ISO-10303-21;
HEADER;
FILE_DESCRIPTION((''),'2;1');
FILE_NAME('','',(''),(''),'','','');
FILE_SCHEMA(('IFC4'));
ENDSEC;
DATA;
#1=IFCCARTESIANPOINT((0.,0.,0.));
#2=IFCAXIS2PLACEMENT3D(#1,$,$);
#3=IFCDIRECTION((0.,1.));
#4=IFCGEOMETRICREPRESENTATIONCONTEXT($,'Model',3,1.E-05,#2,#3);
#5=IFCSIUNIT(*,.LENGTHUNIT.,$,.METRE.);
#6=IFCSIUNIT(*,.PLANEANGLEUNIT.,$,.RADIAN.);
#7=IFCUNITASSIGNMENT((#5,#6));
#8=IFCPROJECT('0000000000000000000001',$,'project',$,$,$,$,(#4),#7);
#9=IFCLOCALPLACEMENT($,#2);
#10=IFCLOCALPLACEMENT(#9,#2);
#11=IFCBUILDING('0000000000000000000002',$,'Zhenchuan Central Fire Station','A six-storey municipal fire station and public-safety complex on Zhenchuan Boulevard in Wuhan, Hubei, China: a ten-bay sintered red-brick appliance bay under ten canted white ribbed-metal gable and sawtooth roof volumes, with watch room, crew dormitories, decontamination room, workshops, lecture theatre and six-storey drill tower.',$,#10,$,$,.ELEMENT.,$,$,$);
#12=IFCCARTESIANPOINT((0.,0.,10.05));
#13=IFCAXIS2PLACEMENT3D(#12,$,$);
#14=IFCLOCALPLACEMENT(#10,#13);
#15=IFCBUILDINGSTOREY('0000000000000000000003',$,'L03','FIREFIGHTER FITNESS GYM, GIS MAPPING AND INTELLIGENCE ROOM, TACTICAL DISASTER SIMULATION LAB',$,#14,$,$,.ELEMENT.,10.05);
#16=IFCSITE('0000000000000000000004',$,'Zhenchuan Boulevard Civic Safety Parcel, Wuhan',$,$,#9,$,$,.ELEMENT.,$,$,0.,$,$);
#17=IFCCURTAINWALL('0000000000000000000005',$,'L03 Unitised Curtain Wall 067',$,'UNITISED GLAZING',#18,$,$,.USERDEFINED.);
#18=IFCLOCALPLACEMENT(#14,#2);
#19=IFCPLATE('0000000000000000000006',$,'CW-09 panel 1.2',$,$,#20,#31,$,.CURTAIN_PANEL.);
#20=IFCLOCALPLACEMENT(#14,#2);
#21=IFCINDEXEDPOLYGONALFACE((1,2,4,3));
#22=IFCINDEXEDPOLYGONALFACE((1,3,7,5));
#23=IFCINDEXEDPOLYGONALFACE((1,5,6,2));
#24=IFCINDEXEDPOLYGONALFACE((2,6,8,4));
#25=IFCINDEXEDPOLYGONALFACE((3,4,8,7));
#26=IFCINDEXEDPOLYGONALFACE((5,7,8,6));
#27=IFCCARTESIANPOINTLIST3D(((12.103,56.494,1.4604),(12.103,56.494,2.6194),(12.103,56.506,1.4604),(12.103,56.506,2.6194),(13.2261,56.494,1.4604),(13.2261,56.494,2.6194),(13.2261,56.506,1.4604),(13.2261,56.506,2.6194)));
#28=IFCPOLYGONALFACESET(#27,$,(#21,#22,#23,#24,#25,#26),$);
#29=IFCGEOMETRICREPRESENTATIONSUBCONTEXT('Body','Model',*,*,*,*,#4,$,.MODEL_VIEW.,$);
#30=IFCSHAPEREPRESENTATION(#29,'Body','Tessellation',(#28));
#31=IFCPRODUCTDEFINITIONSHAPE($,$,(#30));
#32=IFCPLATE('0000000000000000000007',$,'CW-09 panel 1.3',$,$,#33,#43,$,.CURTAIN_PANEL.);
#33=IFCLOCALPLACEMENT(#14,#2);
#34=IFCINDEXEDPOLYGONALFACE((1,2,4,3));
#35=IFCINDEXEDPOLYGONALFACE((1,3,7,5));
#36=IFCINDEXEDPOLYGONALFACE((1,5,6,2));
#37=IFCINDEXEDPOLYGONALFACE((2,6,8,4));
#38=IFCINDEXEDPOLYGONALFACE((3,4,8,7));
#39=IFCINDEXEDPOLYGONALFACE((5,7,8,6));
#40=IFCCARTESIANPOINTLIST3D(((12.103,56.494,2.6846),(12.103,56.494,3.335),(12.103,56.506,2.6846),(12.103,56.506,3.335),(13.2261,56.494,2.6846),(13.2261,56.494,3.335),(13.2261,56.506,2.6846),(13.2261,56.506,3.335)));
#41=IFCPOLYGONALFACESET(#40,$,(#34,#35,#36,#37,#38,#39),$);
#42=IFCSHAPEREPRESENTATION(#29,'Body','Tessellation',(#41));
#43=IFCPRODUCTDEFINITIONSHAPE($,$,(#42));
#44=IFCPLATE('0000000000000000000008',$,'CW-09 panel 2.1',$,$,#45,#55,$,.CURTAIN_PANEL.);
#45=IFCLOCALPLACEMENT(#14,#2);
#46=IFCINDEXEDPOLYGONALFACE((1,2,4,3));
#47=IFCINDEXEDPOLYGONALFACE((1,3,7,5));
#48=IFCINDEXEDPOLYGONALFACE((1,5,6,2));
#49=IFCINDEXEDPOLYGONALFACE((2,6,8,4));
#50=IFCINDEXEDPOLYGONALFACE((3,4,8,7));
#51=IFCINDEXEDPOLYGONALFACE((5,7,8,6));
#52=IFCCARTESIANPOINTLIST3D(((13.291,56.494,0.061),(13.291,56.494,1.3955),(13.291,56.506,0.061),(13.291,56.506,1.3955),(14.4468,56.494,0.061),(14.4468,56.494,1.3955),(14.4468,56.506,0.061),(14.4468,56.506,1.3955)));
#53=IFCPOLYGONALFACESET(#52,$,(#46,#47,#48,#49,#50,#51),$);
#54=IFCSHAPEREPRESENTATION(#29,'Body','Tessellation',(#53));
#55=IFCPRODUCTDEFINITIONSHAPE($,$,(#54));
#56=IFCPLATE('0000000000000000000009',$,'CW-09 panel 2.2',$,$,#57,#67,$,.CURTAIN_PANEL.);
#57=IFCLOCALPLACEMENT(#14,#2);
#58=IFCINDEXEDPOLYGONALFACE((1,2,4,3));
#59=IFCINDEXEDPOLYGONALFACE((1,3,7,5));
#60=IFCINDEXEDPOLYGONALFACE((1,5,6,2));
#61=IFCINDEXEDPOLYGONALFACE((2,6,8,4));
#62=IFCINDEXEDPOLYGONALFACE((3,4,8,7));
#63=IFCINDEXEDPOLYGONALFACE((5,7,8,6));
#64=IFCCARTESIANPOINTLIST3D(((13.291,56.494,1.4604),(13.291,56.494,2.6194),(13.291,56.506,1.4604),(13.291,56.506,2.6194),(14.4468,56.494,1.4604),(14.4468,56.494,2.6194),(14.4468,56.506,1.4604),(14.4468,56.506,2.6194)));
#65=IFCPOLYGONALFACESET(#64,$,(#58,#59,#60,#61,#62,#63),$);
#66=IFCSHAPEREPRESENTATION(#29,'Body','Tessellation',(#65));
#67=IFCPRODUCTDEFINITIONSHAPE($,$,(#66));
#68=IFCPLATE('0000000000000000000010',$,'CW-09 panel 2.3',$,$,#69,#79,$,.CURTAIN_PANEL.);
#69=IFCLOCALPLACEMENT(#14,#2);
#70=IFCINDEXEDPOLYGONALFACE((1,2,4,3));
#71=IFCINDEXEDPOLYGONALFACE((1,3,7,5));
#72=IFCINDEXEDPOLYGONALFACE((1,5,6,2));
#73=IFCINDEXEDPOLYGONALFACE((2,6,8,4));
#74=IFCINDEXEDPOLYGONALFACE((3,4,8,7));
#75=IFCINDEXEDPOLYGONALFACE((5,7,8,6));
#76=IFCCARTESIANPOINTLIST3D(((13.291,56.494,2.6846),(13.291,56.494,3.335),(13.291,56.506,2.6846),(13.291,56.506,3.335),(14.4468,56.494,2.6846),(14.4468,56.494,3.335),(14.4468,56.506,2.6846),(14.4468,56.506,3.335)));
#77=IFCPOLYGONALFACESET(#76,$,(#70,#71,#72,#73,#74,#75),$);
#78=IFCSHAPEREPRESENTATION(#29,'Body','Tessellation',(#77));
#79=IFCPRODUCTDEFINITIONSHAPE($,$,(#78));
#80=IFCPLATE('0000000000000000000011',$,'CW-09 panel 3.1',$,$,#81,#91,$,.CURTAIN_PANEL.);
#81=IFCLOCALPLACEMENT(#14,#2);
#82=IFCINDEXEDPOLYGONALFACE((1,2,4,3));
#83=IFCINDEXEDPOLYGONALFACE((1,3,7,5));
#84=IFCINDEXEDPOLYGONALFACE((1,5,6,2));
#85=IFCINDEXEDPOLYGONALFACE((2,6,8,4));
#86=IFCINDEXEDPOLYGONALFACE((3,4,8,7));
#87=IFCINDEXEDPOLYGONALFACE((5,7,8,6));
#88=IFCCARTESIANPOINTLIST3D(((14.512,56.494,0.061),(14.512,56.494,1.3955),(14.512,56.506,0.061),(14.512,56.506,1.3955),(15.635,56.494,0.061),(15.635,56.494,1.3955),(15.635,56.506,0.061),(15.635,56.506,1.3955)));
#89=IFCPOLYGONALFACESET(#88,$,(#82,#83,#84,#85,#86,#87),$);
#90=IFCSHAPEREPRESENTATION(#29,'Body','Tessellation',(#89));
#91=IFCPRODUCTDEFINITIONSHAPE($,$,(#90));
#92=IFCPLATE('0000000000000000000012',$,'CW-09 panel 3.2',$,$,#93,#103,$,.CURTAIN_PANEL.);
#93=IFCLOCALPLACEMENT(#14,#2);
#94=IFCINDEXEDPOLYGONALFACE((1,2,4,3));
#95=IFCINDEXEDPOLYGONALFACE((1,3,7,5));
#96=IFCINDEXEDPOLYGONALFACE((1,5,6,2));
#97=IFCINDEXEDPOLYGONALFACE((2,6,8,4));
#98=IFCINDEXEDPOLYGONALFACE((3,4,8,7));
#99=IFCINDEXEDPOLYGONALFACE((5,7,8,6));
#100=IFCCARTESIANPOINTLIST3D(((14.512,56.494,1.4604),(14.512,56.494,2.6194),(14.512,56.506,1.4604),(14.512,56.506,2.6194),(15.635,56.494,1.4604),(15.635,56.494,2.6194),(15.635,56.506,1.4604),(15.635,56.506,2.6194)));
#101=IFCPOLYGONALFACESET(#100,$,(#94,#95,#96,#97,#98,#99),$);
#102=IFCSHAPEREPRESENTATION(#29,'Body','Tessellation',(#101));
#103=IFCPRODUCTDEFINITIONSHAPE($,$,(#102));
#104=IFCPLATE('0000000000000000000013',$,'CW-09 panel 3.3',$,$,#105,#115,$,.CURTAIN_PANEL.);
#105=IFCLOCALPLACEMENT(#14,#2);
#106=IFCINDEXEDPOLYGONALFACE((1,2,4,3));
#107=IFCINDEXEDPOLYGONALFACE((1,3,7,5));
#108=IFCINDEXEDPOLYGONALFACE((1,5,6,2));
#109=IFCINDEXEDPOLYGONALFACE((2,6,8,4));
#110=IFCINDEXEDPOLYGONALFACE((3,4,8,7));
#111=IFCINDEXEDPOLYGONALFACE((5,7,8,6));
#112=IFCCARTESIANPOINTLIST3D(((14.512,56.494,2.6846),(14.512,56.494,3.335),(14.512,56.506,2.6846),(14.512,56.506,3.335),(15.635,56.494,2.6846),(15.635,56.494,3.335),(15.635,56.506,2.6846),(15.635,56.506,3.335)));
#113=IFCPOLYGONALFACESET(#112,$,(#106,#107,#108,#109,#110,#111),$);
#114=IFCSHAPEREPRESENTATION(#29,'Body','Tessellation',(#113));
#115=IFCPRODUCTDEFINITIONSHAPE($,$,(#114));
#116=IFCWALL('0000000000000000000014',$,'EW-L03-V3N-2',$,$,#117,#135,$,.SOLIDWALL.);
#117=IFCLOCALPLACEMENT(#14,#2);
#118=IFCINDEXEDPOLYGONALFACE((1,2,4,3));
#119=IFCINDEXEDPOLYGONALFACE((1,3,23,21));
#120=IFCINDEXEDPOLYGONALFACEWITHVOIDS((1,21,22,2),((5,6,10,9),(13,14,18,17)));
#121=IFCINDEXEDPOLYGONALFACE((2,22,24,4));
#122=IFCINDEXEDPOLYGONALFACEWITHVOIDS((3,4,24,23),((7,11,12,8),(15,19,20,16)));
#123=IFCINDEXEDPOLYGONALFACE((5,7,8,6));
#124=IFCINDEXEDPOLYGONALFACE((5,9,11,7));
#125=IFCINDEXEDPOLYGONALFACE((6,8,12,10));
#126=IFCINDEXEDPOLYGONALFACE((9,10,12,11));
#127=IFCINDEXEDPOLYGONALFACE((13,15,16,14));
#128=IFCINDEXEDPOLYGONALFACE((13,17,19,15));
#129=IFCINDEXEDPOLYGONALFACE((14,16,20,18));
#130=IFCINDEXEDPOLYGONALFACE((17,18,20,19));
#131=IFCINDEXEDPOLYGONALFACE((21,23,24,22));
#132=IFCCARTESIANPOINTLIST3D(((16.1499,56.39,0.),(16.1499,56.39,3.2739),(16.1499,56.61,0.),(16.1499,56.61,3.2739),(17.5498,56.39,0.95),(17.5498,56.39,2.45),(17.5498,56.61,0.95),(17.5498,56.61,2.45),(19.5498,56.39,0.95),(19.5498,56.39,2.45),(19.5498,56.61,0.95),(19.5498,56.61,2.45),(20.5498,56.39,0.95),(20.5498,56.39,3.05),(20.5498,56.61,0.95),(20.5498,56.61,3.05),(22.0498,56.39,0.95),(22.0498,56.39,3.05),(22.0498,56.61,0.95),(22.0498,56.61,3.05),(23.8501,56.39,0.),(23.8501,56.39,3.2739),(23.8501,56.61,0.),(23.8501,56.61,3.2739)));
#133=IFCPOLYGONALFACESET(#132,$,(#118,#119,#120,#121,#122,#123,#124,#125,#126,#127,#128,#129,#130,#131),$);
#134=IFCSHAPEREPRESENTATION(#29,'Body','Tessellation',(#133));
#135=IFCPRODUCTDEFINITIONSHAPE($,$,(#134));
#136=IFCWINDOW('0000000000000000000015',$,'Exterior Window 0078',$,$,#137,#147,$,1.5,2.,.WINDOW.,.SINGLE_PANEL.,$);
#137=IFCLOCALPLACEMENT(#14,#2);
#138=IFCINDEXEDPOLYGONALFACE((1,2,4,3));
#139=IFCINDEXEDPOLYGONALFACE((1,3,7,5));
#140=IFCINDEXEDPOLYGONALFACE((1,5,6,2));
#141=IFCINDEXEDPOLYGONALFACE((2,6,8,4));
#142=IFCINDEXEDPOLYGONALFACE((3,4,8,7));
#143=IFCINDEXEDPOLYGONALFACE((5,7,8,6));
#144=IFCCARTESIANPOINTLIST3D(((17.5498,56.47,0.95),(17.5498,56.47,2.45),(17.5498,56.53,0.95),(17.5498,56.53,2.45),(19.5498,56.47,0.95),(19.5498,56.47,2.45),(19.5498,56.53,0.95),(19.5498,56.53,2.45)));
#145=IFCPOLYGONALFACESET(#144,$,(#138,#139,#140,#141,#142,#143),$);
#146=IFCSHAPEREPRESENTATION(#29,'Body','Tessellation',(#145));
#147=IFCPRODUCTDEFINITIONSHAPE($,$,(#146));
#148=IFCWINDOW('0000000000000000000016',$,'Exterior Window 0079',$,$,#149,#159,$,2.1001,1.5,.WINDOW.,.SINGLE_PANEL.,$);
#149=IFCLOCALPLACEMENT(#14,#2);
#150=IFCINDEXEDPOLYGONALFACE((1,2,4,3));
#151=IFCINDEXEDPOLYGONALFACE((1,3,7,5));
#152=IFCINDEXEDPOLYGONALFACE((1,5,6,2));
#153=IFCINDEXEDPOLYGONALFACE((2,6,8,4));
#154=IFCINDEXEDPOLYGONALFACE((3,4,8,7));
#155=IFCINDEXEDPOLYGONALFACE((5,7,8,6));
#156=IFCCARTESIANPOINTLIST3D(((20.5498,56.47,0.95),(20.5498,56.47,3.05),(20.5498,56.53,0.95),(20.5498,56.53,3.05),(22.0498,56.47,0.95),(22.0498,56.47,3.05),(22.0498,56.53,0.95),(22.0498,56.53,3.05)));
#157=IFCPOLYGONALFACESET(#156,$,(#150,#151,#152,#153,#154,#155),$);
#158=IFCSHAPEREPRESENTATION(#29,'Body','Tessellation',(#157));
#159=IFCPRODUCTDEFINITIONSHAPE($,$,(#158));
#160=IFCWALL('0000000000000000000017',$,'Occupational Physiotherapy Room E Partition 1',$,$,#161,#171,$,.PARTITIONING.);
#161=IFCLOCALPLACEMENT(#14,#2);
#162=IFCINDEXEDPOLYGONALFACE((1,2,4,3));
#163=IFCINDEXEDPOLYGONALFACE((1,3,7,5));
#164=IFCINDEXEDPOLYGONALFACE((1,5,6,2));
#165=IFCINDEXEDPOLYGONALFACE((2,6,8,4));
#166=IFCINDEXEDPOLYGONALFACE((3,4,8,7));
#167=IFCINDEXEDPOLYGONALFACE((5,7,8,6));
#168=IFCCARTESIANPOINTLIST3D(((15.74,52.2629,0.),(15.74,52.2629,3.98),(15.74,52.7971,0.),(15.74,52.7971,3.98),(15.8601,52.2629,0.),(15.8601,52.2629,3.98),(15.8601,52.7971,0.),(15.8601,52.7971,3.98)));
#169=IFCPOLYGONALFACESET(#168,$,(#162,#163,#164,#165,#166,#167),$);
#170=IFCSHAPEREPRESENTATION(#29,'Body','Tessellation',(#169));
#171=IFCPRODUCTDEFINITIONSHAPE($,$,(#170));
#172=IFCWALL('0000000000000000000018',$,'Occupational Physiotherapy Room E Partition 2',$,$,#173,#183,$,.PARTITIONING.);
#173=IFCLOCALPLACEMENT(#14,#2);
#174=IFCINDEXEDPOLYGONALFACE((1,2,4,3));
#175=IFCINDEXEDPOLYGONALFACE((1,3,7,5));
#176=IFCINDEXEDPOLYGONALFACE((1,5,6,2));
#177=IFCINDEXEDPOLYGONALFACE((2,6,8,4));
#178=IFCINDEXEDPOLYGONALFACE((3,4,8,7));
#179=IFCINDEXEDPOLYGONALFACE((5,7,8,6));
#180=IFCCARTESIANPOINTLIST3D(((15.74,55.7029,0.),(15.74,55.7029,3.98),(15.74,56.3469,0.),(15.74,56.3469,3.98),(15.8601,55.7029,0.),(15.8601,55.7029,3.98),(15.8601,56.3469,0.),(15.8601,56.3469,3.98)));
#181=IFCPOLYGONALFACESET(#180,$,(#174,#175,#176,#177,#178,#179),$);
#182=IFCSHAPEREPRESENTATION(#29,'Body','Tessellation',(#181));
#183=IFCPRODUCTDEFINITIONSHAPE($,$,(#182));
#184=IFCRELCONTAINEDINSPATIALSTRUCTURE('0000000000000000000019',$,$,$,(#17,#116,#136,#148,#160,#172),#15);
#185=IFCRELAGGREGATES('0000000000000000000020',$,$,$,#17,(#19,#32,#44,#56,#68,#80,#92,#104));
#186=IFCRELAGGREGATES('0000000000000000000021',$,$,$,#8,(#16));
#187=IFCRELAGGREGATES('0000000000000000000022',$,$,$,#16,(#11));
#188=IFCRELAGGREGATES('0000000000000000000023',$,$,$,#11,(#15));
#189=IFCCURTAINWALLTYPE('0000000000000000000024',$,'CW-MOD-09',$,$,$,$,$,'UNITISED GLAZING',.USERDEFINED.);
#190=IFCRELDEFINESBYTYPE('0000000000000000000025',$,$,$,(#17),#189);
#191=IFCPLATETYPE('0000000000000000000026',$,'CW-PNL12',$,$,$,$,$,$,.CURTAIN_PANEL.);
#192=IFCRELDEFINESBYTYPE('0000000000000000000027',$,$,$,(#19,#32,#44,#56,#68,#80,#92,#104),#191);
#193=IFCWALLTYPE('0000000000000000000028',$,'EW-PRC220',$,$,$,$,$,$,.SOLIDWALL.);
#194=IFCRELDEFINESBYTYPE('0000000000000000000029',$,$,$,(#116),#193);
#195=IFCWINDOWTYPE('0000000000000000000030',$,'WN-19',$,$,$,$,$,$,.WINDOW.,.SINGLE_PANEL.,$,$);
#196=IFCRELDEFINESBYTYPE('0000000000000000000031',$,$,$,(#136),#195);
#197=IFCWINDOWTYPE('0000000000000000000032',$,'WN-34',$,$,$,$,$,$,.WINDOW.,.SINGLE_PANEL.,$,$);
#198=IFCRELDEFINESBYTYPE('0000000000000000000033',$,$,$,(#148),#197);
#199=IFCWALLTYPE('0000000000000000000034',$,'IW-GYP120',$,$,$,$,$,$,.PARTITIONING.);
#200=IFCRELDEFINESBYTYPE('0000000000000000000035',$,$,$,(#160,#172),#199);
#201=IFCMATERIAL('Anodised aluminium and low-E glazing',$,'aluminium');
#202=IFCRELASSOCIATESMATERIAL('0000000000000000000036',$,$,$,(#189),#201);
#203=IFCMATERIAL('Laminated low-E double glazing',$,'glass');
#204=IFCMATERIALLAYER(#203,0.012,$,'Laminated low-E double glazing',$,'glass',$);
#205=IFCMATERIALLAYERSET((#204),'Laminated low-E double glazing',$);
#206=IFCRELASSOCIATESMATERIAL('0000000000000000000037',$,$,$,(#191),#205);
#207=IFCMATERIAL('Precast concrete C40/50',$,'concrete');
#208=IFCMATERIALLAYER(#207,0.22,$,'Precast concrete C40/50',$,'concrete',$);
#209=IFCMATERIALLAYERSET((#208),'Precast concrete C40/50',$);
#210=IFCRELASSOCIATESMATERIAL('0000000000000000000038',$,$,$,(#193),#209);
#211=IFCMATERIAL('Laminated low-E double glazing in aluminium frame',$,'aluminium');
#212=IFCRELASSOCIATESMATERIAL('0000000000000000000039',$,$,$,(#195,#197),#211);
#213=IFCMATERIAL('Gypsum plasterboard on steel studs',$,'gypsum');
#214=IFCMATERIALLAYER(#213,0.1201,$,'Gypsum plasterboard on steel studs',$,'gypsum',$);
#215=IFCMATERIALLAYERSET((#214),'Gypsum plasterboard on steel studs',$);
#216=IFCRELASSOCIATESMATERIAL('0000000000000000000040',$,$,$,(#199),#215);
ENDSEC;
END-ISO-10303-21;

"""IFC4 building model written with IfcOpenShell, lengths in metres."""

from ifc_helpers import new_model, si_unit, direction, frame, frame_2d, origin, origin_2d, place, context, subcontext, project, spatial, rectangle, extrude, material, layer, layer_set, type_object, element, fill, aggregate, save


model = new_model("IFC4")

# Units and contexts
model_context = context("Model", 3, precision=1e-05, world=origin(), true_north=direction((0.0, 1.0)))
body_context = subcontext(model_context, "Body", "Model", "MODEL_VIEW")
ifc_project = project(units=[si_unit("LENGTHUNIT", "METRE"), si_unit("PLANEANGLEUNIT", "RADIAN")], contexts=[model_context])

# Site, building, storey
site_placement = place(None, origin())
site = spatial("IfcSite", under=ifc_project, at=site_placement, Name="Zhenchuan Boulevard Civic Safety Parcel, Wuhan", CompositionType="ELEMENT", RefElevation=0.0)
building_placement = place(site_placement, origin())
building = spatial("IfcBuilding", under=site, at=building_placement, Name="Zhenchuan Central Fire Station", Description="A six-storey municipal fire station and public-safety complex on Zhenchuan Boulevard in Wuhan, Hubei, China: a ten-bay sintered red-brick appliance bay under ten canted white ribbed-metal gable and sawtooth roof volumes, with watch room, crew dormitories, decontamination room, workshops, lecture theatre and six-storey drill tower.", CompositionType="ELEMENT")
storey_placement = place(building_placement, frame((0.0, 0.0, 10.05)))
storey = spatial("IfcBuildingStorey", under=building, at=storey_placement, Name="L03", Description="FIREFIGHTER FITNESS GYM, GIS MAPPING AND INTELLIGENCE ROOM, TACTICAL DISASTER SIMULATION LAB", CompositionType="ELEMENT", Elevation=10.05)

# Curtain wall
ifc_material_1 = material(Name="Anodised aluminium and low-E glazing", Category="aluminium")
curtain_wall_type = type_object("IfcCurtainWallType", Name="CW-MOD-09", ElementType="UNITISED GLAZING", PredefinedType="USERDEFINED", material=ifc_material_1)
curtain_wall_placement = place(storey_placement, origin())
curtain_wall = element("IfcCurtainWall", 1, at=curtain_wall_placement, inside=storey, type_object=curtain_wall_type, Name="L03 Unitised Curtain Wall 067", ObjectType="UNITISED GLAZING", PredefinedType="USERDEFINED")

# Plates
ifc_material_2 = material(Name="Laminated low-E double glazing", Category="glass")
ifc_layer_1 = layer(ifc_material_2, 0.012, Name="Laminated low-E double glazing", Category="glass")
ifc_layer_set_1 = layer_set([ifc_layer_1], Name="Laminated low-E double glazing")
plate_type = type_object("IfcPlateType", Name="CW-PNL12", PredefinedType="CURTAIN_PANEL", material=ifc_layer_set_1)
plate_1_placement = place(storey_placement, frame((12.6646, 56.5, 1.4604), z_axis=(0.0, 0.0, 1.0), x_axis=(1.0, 0.0, 0.0)))
plate_1 = element("IfcPlate", 2, at=plate_1_placement, type_object=plate_type, Name="CW-09 panel 1.2", PredefinedType="CURTAIN_PANEL", context=body_context, shape_type="SweptSolid", body=[
    extrude(rectangle(XDim=1.123, YDim=0.012, at=origin_2d()), origin(), (0.0, 0.0, 1.0), 1.1589),
])
plate_2_placement = place(storey_placement, frame((12.6646, 56.5, 2.6846), z_axis=(0.0, 0.0, 1.0), x_axis=(1.0, 0.0, 0.0)))
plate_2 = element("IfcPlate", 3, at=plate_2_placement, type_object=plate_type, Name="CW-09 panel 1.3", PredefinedType="CURTAIN_PANEL", context=body_context, shape_type="SweptSolid", body=[
    extrude(rectangle(XDim=1.123, YDim=0.012, at=origin_2d()), origin(), (0.0, 0.0, 1.0), 0.6504),
])
plate_3_placement = place(storey_placement, frame((13.8689, 56.5, 0.061), z_axis=(0.0, 0.0, 1.0), x_axis=(1.0, 0.0, 0.0)))
plate_3 = element("IfcPlate", 4, at=plate_3_placement, type_object=plate_type, Name="CW-09 panel 2.1", PredefinedType="CURTAIN_PANEL", context=body_context, shape_type="SweptSolid", body=[
    extrude(rectangle(XDim=1.1558, YDim=0.012, at=origin_2d()), origin(), (0.0, 0.0, 1.0), 1.3345),
])
plate_4_placement = place(storey_placement, frame((13.8689, 56.5, 1.4604), z_axis=(0.0, 0.0, 1.0), x_axis=(1.0, 0.0, 0.0)))
plate_4 = element("IfcPlate", 5, at=plate_4_placement, type_object=plate_type, Name="CW-09 panel 2.2", PredefinedType="CURTAIN_PANEL", context=body_context, shape_type="SweptSolid", body=[
    extrude(rectangle(XDim=1.1558, YDim=0.012, at=origin_2d()), origin(), (0.0, 0.0, 1.0), 1.1589),
])
plate_5_placement = place(storey_placement, frame((13.8689, 56.5, 2.6846), z_axis=(0.0, 0.0, 1.0), x_axis=(1.0, 0.0, 0.0)))
plate_5 = element("IfcPlate", 6, at=plate_5_placement, type_object=plate_type, Name="CW-09 panel 2.3", PredefinedType="CURTAIN_PANEL", context=body_context, shape_type="SweptSolid", body=[
    extrude(rectangle(XDim=1.1558, YDim=0.012, at=origin_2d()), origin(), (0.0, 0.0, 1.0), 0.6504),
])
plate_6_placement = place(storey_placement, frame((15.0735, 56.5, 0.061), z_axis=(0.0, 0.0, 1.0), x_axis=(1.0, 0.0, 0.0)))
plate_6 = element("IfcPlate", 7, at=plate_6_placement, type_object=plate_type, Name="CW-09 panel 3.1", PredefinedType="CURTAIN_PANEL", context=body_context, shape_type="SweptSolid", body=[
    extrude(rectangle(XDim=1.123, YDim=0.012, at=origin_2d()), origin(), (0.0, 0.0, 1.0), 1.3345),
])
plate_7_placement = place(storey_placement, frame((15.0735, 56.5, 1.4604), z_axis=(0.0, 0.0, 1.0), x_axis=(1.0, 0.0, 0.0)))
plate_7 = element("IfcPlate", 8, at=plate_7_placement, type_object=plate_type, Name="CW-09 panel 3.2", PredefinedType="CURTAIN_PANEL", context=body_context, shape_type="SweptSolid", body=[
    extrude(rectangle(XDim=1.123, YDim=0.012, at=origin_2d()), origin(), (0.0, 0.0, 1.0), 1.1589),
])
plate_8_placement = place(storey_placement, frame((15.0735, 56.5, 2.6846), z_axis=(0.0, 0.0, 1.0), x_axis=(1.0, 0.0, 0.0)))
plate_8 = element("IfcPlate", 9, at=plate_8_placement, type_object=plate_type, Name="CW-09 panel 3.3", PredefinedType="CURTAIN_PANEL", context=body_context, shape_type="SweptSolid", body=[
    extrude(rectangle(XDim=1.123, YDim=0.012, at=origin_2d()), origin(), (0.0, 0.0, 1.0), 0.6504),
])
aggregate(curtain_wall, [plate_1, plate_2, plate_3, plate_4, plate_5, plate_6, plate_7, plate_8])

# Wall, openings, windows
ifc_material_3 = material(Name="Precast concrete C40/50", Category="concrete")
ifc_layer_2 = layer(ifc_material_3, 0.22, Name="Precast concrete C40/50", Category="concrete")
ifc_layer_set_2 = layer_set([ifc_layer_2], Name="Precast concrete C40/50")
wall_type_1 = type_object("IfcWallType", Name="EW-PRC220", PredefinedType="SOLIDWALL", material=ifc_layer_set_2)
wall_1_placement = place(storey_placement, frame((16.1499, 56.5, 0.0), z_axis=(0.0, 0.0, 1.0), x_axis=(1.0, 0.0, 0.0)))
wall_1 = element("IfcWall", 10, at=wall_1_placement, inside=storey, type_object=wall_type_1, Name="EW-L03-V3N-2", PredefinedType="SOLIDWALL", context=body_context, shape_type="SweptSolid", body=[
    extrude(rectangle(XDim=7.7002, YDim=0.22, at=frame_2d((3.8501, 0.0))), origin(), (0.0, 0.0, 1.0), 3.2739),
])
opening_1_placement = place(wall_1_placement, frame((1.3999, 0.0, 0.95)))
opening_1 = element("IfcOpeningElement", 11, at=opening_1_placement, cuts=wall_1, PredefinedType="OPENING", context=body_context, shape_type="SweptSolid", body=[
    extrude(rectangle(XDim=2.0, YDim=1.5, at=frame_2d((1.0, 0.75))), frame((0.0, 0.1199, 0.0), z_axis=(0.0, -1.0, 0.0), x_axis=(1.0, 0.0, 0.0)), (0.0, 0.0, 1.0), 0.24),
])
opening_2_placement = place(wall_1_placement, frame((4.3999, 0.0, 0.95)))
opening_2 = element("IfcOpeningElement", 12, at=opening_2_placement, cuts=wall_1, PredefinedType="OPENING", context=body_context, shape_type="SweptSolid", body=[
    extrude(rectangle(XDim=1.5, YDim=2.1001, at=frame_2d((0.75, 1.05))), frame((0.0, 0.1199, 0.0), z_axis=(0.0, -1.0, 0.0), x_axis=(1.0, 0.0, 0.0)), (0.0, 0.0, 1.0), 0.24),
])
ifc_material_4 = material(Name="Laminated low-E double glazing in aluminium frame", Category="aluminium")
window_type_1 = type_object("IfcWindowType", Name="WN-19", PartitioningType="SINGLE_PANEL", PredefinedType="WINDOW", material=ifc_material_4)
window_1_placement = place(opening_1_placement, origin())
window_1 = element("IfcWindow", 13, at=window_1_placement, inside=storey, type_object=window_type_1, Name="Exterior Window 0078", OverallHeight=1.5, OverallWidth=2.0, PartitioningType="SINGLE_PANEL", PredefinedType="WINDOW", context=body_context, shape_type="SweptSolid", body=[
    extrude(rectangle(XDim=2.0, YDim=1.5, at=frame_2d((1.0, 0.75))), frame((0.0, 0.03, 0.0), z_axis=(0.0, -1.0, 0.0), x_axis=(1.0, 0.0, 0.0)), (0.0, 0.0, 1.0), 0.0601),
])
fill(opening_1, window_1)
window_type_2 = type_object("IfcWindowType", Name="WN-34", PartitioningType="SINGLE_PANEL", PredefinedType="WINDOW", material=ifc_material_4)
window_2_placement = place(opening_2_placement, origin())
window_2 = element("IfcWindow", 14, at=window_2_placement, inside=storey, type_object=window_type_2, Name="Exterior Window 0079", OverallHeight=2.1001, OverallWidth=1.5, PartitioningType="SINGLE_PANEL", PredefinedType="WINDOW", context=body_context, shape_type="SweptSolid", body=[
    extrude(rectangle(XDim=1.5, YDim=2.1001, at=frame_2d((0.75, 1.05))), frame((0.0, 0.03, 0.0), z_axis=(0.0, -1.0, 0.0), x_axis=(1.0, 0.0, 0.0)), (0.0, 0.0, 1.0), 0.0601),
])
fill(opening_2, window_2)

# Walls
ifc_material_5 = material(Name="Gypsum plasterboard on steel studs", Category="gypsum")
ifc_layer_3 = layer(ifc_material_5, 0.1201, Name="Gypsum plasterboard on steel studs", Category="gypsum")
ifc_layer_set_3 = layer_set([ifc_layer_3], Name="Gypsum plasterboard on steel studs")
wall_type_2 = type_object("IfcWallType", Name="IW-GYP120", PredefinedType="PARTITIONING", material=ifc_layer_set_3)
wall_2_placement = place(storey_placement, frame((15.8, 52.2629, 0.0), z_axis=(0.0, 0.0, 1.0), x_axis=(0.0, 1.0, 0.0)))
element("IfcWall", 15, at=wall_2_placement, inside=storey, type_object=wall_type_2, Name="Occupational Physiotherapy Room E Partition 1", PredefinedType="PARTITIONING", context=body_context, shape_type="SweptSolid", body=[
    extrude(rectangle(XDim=0.5342, YDim=0.1201, at=frame_2d((0.2671, 0.0))), origin(), (0.0, 0.0, 1.0), 3.98),
])
wall_3_placement = place(storey_placement, frame((15.8, 55.7029, 0.0), z_axis=(0.0, 0.0, 1.0), x_axis=(0.0, 1.0, 0.0)))
element("IfcWall", 16, at=wall_3_placement, inside=storey, type_object=wall_type_2, Name="Occupational Physiotherapy Room E Partition 2", PredefinedType="PARTITIONING", context=body_context, shape_type="SweptSolid", body=[
    extrude(rectangle(XDim=0.644, YDim=0.1201, at=frame_2d((0.322, 0.0))), origin(), (0.0, 0.0, 1.0), 3.98),
])

save(model, "model.ifc")
